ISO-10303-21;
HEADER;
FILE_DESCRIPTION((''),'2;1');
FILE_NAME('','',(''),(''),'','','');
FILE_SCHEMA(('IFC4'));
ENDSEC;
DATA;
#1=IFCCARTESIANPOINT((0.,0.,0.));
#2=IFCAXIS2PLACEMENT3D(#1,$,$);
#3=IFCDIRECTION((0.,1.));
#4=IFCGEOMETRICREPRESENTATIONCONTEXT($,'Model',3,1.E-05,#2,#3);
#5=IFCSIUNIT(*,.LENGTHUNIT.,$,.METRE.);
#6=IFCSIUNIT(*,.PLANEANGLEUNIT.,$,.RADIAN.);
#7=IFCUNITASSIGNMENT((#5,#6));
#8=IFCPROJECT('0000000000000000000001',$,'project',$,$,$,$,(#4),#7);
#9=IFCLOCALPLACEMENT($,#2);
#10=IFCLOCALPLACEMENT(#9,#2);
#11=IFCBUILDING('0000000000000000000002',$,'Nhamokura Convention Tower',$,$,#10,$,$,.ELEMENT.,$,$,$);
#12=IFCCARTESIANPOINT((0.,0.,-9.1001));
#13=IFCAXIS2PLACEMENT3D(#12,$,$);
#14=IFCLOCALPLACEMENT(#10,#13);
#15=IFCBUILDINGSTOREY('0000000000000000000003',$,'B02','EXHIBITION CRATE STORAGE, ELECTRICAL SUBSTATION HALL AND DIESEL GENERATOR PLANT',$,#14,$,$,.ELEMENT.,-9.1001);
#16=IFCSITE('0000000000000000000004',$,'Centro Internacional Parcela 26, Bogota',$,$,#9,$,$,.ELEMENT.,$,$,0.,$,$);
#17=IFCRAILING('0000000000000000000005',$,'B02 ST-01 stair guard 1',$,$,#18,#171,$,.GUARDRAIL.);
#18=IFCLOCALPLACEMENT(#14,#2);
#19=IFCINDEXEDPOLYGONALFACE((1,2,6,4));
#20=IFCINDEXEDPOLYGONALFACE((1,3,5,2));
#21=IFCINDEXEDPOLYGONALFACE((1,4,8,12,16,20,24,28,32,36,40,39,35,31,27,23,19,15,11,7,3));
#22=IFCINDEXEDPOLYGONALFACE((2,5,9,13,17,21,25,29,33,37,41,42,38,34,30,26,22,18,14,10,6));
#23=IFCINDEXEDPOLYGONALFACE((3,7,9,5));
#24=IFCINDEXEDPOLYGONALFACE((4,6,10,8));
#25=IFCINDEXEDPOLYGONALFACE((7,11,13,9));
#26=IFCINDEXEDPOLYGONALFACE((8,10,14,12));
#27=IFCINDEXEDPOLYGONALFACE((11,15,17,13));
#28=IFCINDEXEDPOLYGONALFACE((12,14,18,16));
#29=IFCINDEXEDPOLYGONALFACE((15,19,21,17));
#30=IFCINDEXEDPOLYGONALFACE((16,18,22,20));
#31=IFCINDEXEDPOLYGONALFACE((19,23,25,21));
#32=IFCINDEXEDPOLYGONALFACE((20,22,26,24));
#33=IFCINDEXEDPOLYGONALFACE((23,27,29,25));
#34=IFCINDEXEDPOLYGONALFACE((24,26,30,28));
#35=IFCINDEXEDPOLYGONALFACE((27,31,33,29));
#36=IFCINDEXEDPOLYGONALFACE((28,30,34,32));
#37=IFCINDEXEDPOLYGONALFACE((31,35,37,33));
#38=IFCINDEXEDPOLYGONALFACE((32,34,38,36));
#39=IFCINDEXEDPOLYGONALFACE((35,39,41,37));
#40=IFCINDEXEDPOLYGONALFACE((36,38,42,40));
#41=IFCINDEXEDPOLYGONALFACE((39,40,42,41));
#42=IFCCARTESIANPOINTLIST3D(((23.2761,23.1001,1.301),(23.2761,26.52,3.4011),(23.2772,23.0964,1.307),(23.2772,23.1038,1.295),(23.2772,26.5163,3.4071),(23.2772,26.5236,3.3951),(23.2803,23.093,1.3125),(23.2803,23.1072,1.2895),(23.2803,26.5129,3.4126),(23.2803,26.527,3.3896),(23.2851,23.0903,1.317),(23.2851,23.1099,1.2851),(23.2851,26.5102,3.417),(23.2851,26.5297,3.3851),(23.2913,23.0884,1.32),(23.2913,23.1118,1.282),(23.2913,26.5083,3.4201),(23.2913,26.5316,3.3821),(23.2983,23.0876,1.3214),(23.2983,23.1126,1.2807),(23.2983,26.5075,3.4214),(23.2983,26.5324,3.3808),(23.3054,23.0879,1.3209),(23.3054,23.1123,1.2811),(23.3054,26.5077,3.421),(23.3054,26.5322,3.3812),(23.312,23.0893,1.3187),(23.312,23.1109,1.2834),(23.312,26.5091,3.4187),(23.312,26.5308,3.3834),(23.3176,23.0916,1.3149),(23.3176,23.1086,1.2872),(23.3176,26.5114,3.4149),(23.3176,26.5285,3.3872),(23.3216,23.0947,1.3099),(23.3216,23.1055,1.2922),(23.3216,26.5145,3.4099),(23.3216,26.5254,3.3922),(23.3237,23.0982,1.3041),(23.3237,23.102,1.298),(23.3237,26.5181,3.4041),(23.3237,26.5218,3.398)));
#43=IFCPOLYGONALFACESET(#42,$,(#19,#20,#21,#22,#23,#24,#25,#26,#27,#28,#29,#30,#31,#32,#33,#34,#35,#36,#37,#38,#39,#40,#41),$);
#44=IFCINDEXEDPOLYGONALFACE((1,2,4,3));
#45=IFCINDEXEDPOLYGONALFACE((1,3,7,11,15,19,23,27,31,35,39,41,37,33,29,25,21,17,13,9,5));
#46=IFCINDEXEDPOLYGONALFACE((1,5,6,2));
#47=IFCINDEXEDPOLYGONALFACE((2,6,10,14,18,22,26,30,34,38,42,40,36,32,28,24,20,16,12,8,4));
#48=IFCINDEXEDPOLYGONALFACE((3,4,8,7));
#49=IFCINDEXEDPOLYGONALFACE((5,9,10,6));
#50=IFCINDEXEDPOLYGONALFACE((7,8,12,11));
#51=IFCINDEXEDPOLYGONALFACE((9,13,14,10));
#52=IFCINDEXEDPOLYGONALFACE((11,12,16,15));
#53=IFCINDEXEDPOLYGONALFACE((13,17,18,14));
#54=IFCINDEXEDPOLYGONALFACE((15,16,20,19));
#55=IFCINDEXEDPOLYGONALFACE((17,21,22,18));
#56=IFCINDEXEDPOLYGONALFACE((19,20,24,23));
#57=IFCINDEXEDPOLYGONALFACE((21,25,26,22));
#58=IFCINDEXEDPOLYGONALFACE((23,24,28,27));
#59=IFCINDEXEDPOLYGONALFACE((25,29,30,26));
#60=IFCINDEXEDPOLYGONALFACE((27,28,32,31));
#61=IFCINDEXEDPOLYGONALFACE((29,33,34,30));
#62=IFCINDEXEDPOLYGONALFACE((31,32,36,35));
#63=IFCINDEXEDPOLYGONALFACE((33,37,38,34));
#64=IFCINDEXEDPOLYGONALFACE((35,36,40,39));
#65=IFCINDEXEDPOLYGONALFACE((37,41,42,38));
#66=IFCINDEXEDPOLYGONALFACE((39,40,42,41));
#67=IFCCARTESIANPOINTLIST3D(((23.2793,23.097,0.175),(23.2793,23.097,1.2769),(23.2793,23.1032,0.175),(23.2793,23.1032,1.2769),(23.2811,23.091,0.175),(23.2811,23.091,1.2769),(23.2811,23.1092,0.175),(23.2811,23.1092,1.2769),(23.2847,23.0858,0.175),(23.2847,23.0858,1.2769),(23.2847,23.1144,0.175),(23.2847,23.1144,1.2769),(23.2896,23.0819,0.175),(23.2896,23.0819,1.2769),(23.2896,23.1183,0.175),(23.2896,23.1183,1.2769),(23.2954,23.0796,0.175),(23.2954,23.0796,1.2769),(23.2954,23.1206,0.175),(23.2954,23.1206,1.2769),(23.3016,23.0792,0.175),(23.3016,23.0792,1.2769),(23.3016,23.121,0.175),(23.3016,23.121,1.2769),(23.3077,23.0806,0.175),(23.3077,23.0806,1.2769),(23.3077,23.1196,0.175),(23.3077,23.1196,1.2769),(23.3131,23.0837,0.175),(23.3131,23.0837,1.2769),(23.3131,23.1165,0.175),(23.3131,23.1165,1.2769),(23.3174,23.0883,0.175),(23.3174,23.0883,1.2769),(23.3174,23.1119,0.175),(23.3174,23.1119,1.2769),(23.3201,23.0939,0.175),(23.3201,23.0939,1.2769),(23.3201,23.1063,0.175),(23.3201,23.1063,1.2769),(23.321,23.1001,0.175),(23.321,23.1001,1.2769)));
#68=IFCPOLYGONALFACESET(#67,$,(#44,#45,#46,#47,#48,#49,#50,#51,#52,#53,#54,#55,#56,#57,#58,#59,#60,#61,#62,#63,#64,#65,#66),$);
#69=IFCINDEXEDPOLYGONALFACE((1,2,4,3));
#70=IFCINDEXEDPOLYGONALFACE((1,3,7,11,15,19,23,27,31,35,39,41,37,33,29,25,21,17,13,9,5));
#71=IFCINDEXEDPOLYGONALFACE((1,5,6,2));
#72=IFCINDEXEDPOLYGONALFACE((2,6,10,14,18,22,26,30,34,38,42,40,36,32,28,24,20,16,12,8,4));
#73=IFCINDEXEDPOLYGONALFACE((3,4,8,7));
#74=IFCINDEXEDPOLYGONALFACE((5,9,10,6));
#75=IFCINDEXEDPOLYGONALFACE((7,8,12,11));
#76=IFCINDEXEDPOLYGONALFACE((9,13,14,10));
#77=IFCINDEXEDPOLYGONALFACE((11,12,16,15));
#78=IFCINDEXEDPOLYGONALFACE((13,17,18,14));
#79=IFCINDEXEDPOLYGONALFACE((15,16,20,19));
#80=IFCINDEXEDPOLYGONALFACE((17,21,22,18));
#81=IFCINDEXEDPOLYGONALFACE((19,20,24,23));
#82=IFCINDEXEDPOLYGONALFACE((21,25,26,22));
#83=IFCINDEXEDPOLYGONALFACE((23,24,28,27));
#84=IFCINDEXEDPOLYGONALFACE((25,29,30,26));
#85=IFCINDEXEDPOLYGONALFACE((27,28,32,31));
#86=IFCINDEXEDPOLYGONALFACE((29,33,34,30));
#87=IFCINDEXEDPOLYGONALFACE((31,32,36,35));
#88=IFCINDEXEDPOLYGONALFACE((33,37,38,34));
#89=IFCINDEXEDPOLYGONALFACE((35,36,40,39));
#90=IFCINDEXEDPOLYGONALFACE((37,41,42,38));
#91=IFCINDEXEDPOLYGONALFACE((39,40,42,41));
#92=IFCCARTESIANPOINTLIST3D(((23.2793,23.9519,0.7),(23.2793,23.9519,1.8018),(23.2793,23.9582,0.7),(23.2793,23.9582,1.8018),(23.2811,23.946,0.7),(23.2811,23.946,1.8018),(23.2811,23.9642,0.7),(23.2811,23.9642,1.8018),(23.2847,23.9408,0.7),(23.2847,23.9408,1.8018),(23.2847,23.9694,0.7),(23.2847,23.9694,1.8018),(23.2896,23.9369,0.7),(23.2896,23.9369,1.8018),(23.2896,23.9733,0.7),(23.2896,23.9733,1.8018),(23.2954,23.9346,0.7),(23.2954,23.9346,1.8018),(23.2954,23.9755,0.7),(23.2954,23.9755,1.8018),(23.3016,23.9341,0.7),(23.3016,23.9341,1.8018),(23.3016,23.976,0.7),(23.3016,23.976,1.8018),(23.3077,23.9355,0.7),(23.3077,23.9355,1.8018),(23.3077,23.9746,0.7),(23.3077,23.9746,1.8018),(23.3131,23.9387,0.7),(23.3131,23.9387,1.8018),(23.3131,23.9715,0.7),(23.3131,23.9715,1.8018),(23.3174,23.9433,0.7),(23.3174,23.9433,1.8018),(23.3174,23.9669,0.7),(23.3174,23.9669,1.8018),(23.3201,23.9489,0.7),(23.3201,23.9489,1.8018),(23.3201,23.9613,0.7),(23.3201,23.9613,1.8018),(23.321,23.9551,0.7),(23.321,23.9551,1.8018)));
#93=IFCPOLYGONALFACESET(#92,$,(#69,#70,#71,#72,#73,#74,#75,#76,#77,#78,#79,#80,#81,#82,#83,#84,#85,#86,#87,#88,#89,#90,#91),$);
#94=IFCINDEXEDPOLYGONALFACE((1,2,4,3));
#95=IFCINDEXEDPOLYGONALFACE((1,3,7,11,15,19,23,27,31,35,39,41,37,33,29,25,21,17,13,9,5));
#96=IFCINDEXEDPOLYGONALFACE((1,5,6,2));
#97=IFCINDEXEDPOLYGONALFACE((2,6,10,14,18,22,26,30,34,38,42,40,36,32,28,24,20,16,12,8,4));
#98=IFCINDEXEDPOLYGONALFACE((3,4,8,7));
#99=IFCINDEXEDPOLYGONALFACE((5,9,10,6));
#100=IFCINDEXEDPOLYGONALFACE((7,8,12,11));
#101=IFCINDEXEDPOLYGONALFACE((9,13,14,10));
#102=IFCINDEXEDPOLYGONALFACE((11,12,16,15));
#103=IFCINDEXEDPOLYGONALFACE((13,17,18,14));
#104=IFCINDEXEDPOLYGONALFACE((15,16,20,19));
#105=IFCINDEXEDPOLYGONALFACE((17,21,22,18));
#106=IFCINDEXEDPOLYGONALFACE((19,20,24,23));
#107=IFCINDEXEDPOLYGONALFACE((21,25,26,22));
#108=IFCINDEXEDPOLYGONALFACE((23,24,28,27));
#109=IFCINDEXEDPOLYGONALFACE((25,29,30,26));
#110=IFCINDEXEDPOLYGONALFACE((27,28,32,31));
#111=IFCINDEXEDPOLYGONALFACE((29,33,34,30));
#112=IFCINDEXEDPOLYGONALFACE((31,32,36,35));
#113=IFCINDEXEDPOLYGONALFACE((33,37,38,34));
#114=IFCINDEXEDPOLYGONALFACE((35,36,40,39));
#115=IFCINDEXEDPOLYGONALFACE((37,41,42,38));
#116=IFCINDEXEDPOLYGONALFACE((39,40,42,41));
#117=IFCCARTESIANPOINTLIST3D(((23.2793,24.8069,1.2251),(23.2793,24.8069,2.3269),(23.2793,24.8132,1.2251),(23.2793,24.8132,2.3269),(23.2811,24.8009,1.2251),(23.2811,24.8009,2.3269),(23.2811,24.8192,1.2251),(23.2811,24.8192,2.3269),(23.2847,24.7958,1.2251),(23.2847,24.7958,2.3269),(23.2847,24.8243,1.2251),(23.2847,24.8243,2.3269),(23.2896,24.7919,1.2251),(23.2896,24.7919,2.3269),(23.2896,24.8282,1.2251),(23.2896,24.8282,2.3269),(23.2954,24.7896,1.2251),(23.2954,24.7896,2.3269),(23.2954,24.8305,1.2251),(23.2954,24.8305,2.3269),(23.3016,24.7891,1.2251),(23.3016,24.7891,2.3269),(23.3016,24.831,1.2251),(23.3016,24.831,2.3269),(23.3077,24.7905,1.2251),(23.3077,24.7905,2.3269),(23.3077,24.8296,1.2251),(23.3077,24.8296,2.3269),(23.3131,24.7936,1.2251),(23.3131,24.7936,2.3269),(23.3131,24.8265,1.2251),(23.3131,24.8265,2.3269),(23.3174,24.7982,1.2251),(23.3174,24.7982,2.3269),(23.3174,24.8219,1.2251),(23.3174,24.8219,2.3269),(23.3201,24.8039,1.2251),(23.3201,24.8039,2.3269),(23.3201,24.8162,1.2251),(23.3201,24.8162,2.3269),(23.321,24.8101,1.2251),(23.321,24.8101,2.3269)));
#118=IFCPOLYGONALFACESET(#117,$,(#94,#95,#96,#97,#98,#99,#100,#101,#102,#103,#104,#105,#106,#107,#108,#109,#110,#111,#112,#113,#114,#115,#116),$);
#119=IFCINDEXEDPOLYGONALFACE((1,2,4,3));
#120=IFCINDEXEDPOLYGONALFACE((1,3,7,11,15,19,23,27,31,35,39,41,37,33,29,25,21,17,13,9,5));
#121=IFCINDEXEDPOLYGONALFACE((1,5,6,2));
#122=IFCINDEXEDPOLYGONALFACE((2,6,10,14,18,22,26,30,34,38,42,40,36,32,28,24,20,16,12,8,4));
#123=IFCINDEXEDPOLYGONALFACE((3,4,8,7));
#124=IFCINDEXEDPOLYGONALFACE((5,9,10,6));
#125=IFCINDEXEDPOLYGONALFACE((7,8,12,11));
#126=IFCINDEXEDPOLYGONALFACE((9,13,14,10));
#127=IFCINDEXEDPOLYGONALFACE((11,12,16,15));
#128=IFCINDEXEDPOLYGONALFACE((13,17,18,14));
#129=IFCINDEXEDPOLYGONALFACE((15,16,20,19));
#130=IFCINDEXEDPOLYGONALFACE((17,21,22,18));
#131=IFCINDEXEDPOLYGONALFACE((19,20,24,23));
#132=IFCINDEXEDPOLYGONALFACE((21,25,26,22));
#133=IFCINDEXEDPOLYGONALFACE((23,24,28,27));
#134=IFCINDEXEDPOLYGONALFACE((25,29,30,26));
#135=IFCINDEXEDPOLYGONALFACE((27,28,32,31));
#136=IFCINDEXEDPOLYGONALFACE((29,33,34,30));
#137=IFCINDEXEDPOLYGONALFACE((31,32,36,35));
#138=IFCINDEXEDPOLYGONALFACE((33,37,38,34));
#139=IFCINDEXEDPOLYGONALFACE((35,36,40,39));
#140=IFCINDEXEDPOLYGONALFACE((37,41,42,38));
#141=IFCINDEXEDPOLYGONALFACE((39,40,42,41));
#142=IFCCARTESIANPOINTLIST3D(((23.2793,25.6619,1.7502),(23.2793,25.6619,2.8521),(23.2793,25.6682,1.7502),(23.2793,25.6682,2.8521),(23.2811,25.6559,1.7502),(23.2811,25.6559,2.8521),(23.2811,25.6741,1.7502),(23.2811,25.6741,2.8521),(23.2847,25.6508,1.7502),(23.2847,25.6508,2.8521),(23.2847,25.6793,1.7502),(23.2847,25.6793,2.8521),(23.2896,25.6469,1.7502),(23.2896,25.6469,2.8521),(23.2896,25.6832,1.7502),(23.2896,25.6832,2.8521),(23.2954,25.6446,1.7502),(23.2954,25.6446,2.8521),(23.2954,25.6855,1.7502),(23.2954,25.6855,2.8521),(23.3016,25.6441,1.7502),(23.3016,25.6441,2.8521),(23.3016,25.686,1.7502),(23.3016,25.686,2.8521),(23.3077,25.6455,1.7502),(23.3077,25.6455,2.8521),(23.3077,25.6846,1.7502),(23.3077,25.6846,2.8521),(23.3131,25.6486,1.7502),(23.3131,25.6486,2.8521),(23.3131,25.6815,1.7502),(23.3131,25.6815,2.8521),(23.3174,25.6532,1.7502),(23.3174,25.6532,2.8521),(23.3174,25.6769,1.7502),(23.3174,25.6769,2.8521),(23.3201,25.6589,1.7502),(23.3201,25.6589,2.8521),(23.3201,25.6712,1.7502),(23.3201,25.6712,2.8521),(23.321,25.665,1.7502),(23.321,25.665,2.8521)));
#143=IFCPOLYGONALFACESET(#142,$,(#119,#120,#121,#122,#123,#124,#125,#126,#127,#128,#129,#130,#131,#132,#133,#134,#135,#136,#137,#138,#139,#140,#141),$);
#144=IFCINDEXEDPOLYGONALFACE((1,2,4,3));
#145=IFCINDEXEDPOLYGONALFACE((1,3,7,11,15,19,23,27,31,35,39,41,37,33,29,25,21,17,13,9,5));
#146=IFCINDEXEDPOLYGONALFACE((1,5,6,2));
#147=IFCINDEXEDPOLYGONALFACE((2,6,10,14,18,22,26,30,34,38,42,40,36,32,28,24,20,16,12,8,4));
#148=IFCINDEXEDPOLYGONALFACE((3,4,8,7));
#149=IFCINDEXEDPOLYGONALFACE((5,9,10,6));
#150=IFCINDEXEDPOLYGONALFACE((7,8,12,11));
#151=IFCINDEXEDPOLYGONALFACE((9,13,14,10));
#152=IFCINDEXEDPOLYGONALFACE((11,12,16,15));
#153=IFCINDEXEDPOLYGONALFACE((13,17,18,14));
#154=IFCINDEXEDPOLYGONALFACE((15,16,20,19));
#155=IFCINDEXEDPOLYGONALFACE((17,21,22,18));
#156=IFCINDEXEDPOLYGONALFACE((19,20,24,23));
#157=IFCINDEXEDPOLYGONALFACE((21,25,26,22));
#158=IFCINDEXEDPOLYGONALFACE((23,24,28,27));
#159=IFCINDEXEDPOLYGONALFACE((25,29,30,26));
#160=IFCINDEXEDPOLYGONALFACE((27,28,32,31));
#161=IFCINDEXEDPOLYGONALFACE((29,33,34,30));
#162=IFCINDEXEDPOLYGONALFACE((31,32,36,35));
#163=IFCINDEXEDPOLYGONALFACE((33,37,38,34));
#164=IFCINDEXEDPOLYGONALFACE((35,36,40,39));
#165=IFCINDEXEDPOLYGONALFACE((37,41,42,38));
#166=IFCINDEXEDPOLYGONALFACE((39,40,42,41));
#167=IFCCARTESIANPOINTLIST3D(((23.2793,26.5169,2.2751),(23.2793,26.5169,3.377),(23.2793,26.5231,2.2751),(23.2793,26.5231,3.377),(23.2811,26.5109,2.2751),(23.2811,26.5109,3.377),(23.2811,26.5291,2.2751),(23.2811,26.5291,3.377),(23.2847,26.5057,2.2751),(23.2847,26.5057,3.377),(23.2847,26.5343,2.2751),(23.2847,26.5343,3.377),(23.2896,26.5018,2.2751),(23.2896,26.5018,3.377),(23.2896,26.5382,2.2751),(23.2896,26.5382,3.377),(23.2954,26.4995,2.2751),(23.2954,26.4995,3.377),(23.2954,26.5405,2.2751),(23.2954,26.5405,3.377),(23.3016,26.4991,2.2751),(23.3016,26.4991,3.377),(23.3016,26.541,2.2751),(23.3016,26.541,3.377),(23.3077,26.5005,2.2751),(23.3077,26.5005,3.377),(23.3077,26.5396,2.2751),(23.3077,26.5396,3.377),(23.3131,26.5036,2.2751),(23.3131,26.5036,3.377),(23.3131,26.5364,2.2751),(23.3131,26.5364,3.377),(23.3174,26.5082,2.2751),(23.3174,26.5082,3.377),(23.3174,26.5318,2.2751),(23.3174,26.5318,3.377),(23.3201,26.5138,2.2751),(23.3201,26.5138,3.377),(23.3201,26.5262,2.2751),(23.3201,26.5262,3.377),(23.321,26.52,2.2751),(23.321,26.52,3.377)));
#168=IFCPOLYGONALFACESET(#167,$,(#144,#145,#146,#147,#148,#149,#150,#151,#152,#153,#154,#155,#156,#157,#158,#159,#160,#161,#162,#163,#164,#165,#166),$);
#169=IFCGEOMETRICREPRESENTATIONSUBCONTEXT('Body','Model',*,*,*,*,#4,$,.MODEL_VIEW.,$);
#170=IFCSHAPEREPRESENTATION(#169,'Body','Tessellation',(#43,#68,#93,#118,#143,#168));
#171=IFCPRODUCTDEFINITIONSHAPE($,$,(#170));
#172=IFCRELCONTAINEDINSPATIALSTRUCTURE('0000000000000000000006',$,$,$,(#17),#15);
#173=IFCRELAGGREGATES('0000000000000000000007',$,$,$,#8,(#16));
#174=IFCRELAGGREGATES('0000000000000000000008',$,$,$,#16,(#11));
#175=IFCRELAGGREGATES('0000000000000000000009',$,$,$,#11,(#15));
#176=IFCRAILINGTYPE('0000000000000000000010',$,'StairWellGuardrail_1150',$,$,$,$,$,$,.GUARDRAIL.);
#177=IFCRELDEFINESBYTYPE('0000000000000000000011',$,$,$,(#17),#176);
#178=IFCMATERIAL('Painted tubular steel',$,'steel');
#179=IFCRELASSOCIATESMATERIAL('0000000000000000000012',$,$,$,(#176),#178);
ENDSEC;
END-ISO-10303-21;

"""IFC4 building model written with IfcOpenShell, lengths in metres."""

from ifc_helpers import new_model, si_unit, direction, frame, origin, origin_2d, place, context, subcontext, project, spatial, circle, extrude, material, type_object, element, save


model = new_model("IFC4")

# Units and contexts
model_context = context("Model", 3, precision=1e-05, world=origin(), true_north=direction((0.0, 1.0)))
body_context = subcontext(model_context, "Body", "Model", "MODEL_VIEW")
ifc_project = project(units=[si_unit("LENGTHUNIT", "METRE"), si_unit("PLANEANGLEUNIT", "RADIAN")], contexts=[model_context])

# Site, building, storey
site_placement = place(None, origin())
site = spatial("IfcSite", under=ifc_project, at=site_placement, Name="Centro Internacional Parcela 26, Bogota", CompositionType="ELEMENT", RefElevation=0.0)
building_placement = place(site_placement, origin())
building = spatial("IfcBuilding", under=site, at=building_placement, Name="Nhamokura Convention Tower", CompositionType="ELEMENT")
storey_placement = place(building_placement, frame((0.0, 0.0, -9.1001)))
storey = spatial("IfcBuildingStorey", under=building, at=storey_placement, Name="B02", Description="EXHIBITION CRATE STORAGE, ELECTRICAL SUBSTATION HALL AND DIESEL GENERATOR PLANT", CompositionType="ELEMENT", Elevation=-9.1001)

# Railing
ifc_material_1 = material(Name="Painted tubular steel", Category="steel")
railing_type_1 = type_object("IfcRailingType", Name="StairWellGuardrail_1150", PredefinedType="GUARDRAIL", material=ifc_material_1)
railing_1_placement = place(storey_placement, frame((23.3, 23.1001, 0.175)))
element("IfcRailing", 1, at=railing_1_placement, inside=storey, type_object=railing_type_1, Name="B02 ST-01 stair guard 1", PredefinedType="GUARDRAIL", context=body_context, shape_type="SweptSolid", body=[
    extrude(circle(Radius=0.0239, at=origin_2d()), frame((0.0, 0.0, 1.126), z_axis=(0.0, 0.852155, 0.523289), x_axis=(-1.0, 0.0, 0.0)), (0.0, 0.0, 1.0), 4.0132),
    extrude(circle(Radius=0.021, at=origin_2d()), origin(), (0.0, 0.0, 1.0), 1.1018),
    extrude(circle(Radius=0.021, at=origin_2d()), frame((0.0, 0.855, 0.5249)), (0.0, 0.0, 1.0), 1.1018),
    extrude(circle(Radius=0.021, at=origin_2d()), frame((0.0, 1.71, 1.05)), (0.0, 0.0, 1.0), 1.1018),
    extrude(circle(Radius=0.021, at=origin_2d()), frame((0.0, 2.5649, 1.5752)), (0.0, 0.0, 1.0), 1.1018),
    extrude(circle(Radius=0.021, at=origin_2d()), frame((0.0, 3.4199, 2.1001)), (0.0, 0.0, 1.0), 1.1018),
])

save(model, "model.ifc")
